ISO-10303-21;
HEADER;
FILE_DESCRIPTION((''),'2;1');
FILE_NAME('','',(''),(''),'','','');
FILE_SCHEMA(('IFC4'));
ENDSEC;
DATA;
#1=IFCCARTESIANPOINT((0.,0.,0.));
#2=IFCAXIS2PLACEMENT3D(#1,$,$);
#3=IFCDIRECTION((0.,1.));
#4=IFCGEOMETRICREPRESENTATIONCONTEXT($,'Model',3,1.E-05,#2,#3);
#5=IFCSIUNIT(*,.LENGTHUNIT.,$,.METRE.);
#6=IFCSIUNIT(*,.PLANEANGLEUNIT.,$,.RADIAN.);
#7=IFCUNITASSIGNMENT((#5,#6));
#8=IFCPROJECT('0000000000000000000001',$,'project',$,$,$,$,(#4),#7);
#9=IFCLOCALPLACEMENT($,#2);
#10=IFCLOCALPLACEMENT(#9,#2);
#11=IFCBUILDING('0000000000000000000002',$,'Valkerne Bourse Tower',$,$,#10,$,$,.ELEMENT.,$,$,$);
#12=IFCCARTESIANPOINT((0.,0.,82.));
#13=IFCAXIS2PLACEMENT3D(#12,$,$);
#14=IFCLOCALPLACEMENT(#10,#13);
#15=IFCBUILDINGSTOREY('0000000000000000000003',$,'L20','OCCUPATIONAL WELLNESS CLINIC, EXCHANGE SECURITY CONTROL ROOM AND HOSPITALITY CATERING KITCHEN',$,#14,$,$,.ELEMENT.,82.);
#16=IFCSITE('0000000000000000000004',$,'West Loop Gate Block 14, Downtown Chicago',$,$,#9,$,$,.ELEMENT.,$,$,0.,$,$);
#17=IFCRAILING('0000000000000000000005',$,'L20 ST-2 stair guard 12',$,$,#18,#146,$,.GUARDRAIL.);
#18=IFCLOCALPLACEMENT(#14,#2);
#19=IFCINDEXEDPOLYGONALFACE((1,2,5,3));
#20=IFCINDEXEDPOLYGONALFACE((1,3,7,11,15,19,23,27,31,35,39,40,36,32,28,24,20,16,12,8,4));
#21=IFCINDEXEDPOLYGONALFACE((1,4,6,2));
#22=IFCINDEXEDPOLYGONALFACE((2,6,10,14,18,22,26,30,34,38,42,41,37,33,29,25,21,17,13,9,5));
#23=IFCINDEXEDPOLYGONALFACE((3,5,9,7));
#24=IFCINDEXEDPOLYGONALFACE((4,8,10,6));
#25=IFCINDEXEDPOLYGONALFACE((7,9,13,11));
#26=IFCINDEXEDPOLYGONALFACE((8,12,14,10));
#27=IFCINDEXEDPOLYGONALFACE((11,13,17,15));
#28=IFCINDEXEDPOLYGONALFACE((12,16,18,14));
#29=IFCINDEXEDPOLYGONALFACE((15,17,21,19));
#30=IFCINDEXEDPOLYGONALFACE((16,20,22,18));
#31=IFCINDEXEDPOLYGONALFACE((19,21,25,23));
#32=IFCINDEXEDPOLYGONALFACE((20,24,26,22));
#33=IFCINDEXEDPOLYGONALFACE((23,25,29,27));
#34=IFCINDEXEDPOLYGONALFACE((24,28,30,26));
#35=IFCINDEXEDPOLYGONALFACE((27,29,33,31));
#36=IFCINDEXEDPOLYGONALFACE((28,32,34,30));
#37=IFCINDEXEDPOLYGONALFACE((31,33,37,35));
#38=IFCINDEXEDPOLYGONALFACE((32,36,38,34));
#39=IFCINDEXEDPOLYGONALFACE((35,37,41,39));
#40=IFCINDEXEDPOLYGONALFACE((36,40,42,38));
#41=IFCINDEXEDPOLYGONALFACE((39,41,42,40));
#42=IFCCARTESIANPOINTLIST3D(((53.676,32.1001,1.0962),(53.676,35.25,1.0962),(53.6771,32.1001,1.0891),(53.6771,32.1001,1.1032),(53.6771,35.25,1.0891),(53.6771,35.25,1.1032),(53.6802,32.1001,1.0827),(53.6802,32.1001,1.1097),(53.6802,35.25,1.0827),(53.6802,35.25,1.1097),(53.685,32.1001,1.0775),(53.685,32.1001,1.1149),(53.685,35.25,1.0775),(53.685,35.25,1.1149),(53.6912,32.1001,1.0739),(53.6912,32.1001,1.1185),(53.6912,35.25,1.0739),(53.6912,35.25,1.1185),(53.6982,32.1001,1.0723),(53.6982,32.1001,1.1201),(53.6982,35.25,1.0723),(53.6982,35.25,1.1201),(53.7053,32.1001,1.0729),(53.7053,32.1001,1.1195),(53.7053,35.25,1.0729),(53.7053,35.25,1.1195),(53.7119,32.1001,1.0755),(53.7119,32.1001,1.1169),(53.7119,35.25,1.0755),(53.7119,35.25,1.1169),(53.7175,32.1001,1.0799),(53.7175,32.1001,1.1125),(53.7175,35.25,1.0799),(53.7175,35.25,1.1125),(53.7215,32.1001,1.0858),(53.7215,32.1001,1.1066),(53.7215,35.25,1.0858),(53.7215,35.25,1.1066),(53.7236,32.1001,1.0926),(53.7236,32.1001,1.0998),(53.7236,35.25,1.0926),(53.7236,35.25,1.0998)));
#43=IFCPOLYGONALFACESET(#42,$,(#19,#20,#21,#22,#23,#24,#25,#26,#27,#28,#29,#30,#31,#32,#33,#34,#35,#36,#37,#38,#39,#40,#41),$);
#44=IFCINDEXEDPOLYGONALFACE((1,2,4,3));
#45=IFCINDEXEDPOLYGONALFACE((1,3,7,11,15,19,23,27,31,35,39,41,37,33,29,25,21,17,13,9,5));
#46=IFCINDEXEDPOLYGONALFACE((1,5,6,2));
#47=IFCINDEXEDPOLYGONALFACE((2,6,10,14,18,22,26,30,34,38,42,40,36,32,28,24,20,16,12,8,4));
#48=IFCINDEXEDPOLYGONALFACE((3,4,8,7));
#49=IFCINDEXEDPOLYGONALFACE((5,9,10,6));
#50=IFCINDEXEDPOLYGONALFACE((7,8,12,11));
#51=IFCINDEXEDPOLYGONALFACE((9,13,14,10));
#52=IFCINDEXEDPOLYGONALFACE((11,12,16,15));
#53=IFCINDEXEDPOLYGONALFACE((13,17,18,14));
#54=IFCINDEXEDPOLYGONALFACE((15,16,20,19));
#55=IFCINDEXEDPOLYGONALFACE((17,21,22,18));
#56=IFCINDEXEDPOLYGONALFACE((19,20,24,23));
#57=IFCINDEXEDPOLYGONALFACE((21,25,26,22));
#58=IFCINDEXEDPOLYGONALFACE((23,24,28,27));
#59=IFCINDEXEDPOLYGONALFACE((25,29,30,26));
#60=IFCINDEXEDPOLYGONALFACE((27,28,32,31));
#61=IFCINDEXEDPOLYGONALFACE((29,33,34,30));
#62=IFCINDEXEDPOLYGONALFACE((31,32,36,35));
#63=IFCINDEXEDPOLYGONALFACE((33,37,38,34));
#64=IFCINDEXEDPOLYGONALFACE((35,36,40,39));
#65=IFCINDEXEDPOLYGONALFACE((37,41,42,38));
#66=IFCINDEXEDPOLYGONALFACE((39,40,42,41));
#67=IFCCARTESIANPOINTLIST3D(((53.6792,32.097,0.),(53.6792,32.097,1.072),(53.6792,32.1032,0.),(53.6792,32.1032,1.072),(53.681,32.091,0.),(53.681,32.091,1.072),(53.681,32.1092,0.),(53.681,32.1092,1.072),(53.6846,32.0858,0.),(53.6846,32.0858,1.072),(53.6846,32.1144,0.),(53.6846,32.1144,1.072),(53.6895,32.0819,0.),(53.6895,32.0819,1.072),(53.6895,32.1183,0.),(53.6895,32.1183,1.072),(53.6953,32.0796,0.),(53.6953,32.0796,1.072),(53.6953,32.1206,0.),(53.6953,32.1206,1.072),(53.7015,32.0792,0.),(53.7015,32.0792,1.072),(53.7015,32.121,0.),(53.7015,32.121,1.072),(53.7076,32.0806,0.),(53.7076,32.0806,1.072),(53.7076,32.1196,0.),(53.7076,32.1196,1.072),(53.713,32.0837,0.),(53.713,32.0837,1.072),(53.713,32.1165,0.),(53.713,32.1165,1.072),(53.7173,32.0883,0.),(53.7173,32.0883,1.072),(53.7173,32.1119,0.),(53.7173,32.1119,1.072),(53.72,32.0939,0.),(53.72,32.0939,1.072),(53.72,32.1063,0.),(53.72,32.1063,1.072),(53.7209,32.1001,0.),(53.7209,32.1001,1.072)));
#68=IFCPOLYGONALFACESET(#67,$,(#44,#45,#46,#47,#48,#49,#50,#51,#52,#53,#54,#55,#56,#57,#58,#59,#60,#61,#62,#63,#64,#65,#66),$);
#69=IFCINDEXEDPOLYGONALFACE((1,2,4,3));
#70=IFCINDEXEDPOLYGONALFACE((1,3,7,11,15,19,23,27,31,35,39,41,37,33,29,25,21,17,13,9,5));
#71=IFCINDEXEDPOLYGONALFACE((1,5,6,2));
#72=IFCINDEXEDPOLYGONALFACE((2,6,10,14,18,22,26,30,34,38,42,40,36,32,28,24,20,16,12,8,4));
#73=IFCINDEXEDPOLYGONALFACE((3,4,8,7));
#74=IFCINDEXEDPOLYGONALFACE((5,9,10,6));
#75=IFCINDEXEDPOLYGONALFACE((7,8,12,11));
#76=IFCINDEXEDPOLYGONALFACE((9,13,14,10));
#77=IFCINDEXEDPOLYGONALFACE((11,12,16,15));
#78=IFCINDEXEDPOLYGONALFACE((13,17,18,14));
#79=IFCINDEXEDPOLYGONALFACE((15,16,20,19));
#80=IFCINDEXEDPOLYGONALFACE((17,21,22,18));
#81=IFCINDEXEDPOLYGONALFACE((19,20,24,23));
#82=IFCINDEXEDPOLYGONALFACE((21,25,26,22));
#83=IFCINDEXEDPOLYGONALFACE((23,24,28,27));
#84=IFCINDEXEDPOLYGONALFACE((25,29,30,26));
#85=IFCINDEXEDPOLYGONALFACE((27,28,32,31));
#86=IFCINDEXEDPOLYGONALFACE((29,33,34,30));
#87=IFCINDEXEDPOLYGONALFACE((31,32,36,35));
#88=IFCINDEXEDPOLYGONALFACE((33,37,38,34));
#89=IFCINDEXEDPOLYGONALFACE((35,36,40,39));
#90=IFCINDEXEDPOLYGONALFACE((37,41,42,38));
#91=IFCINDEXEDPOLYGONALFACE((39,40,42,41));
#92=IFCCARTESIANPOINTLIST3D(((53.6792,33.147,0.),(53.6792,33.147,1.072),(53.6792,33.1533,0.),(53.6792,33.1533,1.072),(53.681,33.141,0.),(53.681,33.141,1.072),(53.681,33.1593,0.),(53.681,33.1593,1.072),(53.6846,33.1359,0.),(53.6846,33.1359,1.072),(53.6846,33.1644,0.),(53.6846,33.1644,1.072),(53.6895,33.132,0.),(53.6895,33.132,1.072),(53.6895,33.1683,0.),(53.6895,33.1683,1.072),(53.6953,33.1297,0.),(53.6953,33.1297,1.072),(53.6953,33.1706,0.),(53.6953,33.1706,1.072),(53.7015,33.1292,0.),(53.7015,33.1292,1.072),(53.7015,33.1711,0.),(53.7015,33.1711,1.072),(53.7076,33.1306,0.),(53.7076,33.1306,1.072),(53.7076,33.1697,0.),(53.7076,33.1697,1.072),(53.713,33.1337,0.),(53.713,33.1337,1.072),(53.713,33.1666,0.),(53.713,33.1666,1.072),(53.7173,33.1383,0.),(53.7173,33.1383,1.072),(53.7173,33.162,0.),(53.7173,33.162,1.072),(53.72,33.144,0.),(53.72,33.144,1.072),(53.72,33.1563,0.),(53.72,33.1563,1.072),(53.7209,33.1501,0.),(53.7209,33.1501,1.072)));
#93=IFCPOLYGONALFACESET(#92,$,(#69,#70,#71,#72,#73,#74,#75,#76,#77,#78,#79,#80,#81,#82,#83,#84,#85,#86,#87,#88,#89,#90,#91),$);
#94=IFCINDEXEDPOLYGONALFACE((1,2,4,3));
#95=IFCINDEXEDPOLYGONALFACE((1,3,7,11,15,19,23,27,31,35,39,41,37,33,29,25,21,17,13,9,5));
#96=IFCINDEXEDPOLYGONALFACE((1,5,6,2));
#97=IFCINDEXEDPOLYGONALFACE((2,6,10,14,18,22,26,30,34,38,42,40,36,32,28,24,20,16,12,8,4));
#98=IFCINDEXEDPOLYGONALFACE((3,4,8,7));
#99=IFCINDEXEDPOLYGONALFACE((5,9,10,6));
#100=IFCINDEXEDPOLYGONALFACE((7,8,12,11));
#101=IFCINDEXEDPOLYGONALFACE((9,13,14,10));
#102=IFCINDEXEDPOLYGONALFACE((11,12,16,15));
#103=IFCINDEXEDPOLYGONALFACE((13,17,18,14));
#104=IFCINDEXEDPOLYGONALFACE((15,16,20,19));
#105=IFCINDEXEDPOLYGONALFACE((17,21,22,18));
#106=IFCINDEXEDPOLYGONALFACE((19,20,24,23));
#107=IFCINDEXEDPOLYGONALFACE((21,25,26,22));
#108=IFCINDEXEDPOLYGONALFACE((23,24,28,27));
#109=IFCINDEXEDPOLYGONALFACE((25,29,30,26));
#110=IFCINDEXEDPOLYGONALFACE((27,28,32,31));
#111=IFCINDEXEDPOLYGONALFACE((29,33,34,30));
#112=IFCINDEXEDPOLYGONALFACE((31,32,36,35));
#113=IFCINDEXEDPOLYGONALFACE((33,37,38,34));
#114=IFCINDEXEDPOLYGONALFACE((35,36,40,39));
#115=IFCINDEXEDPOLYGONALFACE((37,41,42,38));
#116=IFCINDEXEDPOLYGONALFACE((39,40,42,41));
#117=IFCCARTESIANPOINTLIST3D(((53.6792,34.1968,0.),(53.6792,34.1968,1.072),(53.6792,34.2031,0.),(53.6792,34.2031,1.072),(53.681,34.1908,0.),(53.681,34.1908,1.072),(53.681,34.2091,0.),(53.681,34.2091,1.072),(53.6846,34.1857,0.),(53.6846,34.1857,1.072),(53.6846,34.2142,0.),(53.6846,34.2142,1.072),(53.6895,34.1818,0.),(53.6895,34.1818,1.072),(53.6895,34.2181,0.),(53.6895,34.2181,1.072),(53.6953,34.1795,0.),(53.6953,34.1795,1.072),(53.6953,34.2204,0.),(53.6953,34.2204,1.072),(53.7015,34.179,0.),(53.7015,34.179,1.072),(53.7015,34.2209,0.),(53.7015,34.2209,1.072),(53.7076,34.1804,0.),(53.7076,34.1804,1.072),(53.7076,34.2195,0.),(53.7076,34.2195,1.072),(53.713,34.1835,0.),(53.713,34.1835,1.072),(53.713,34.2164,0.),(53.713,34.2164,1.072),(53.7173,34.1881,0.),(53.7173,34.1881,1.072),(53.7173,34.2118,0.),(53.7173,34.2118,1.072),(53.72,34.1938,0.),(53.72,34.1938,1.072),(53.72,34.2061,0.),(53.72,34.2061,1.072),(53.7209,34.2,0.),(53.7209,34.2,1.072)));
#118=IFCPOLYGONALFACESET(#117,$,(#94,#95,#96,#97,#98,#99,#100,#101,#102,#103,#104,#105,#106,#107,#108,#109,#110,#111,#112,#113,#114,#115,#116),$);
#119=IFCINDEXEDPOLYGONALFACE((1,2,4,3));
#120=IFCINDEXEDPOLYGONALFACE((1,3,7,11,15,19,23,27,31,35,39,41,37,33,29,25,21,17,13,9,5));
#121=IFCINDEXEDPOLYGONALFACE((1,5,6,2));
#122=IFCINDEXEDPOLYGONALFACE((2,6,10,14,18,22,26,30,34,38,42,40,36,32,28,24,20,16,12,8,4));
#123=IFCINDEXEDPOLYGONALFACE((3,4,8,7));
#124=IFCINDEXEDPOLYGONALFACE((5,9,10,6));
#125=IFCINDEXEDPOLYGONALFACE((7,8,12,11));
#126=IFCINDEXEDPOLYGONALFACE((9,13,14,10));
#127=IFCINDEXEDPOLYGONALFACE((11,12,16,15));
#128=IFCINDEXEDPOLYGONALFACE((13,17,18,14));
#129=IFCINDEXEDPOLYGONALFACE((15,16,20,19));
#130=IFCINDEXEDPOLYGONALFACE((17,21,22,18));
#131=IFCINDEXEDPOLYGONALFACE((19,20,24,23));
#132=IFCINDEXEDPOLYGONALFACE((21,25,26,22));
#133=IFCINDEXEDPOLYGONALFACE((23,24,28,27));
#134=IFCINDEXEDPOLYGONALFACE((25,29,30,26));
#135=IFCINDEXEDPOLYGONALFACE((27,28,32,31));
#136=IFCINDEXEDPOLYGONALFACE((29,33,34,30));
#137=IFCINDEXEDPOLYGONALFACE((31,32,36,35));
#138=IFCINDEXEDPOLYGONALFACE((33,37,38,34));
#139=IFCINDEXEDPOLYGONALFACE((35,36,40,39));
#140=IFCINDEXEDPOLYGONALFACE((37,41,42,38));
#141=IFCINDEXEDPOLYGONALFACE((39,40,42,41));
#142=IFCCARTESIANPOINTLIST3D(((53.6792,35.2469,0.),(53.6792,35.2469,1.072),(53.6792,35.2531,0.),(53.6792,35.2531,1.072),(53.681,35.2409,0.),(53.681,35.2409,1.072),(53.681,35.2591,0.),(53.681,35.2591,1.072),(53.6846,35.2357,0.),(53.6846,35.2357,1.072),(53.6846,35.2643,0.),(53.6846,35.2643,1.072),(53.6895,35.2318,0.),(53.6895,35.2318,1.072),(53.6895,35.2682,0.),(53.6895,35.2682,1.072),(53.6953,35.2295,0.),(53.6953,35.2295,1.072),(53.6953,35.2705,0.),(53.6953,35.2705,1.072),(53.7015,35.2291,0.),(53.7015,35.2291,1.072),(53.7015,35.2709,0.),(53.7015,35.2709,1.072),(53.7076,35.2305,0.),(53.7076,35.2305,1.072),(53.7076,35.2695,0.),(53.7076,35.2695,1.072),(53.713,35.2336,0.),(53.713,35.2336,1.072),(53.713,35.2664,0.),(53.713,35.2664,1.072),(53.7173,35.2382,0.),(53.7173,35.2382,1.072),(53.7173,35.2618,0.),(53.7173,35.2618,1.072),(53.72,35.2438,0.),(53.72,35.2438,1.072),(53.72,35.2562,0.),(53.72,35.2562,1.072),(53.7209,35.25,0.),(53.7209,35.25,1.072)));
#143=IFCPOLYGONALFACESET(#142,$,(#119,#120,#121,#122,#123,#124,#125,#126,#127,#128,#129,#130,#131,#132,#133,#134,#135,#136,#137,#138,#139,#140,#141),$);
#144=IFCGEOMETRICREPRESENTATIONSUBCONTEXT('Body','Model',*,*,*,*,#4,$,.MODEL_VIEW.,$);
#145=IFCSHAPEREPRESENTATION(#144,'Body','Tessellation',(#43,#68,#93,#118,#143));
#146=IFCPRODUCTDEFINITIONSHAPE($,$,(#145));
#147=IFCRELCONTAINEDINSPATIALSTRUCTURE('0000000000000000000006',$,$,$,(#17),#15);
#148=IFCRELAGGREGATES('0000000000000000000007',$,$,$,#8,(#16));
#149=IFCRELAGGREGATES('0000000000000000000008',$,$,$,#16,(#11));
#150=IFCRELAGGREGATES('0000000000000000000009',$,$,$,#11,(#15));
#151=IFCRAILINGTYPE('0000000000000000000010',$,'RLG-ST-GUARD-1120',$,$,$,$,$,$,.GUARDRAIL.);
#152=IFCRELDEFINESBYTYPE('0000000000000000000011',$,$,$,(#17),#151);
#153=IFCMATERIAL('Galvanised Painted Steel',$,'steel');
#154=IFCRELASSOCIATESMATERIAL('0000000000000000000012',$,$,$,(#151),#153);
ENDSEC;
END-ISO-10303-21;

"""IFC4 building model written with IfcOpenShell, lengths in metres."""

from ifc_helpers import new_model, si_unit, direction, frame, origin, origin_2d, place, context, subcontext, project, spatial, circle, extrude, material, type_object, element, save


model = new_model("IFC4")

# Units and contexts
model_context = context("Model", 3, precision=1e-05, world=origin(), true_north=direction((0.0, 1.0)))
body_context = subcontext(model_context, "Body", "Model", "MODEL_VIEW")
ifc_project = project(units=[si_unit("LENGTHUNIT", "METRE"), si_unit("PLANEANGLEUNIT", "RADIAN")], contexts=[model_context])

# Site, building, storey
site_placement = place(None, origin())
site = spatial("IfcSite", under=ifc_project, at=site_placement, Name="West Loop Gate Block 14, Downtown Chicago", CompositionType="ELEMENT", RefElevation=0.0)
building_placement = place(site_placement, origin())
building = spatial("IfcBuilding", under=site, at=building_placement, Name="Valkerne Bourse Tower", CompositionType="ELEMENT")
storey_placement = place(building_placement, frame((0.0, 0.0, 82.0)))
storey = spatial("IfcBuildingStorey", under=building, at=storey_placement, Name="L20", Description="OCCUPATIONAL WELLNESS CLINIC, EXCHANGE SECURITY CONTROL ROOM AND HOSPITALITY CATERING KITCHEN", CompositionType="ELEMENT", Elevation=82.0)

# Railing
ifc_material_1 = material(Name="Galvanised Painted Steel", Category="steel")
railing_type_1 = type_object("IfcRailingType", Name="RLG-ST-GUARD-1120", PredefinedType="GUARDRAIL", material=ifc_material_1)
railing_1_placement = place(storey_placement, frame((53.7, 32.1001, 0.0)))
element("IfcRailing", 1, at=railing_1_placement, inside=storey, type_object=railing_type_1, Name="L20 ST-2 stair guard 12", PredefinedType="GUARDRAIL", context=body_context, shape_type="SweptSolid", body=[
    extrude(circle(Radius=0.0239, at=origin_2d()), frame((0.0, 0.0, 1.0962), z_axis=(0.0, 1.0, 0.0), x_axis=(-1.0, 0.0, 0.0)), (0.0, 0.0, 1.0), 3.1499),
    extrude(circle(Radius=0.021, at=origin_2d()), origin(), (0.0, 0.0, 1.0), 1.072),
    extrude(circle(Radius=0.021, at=origin_2d()), frame((0.0, 1.05, 0.0)), (0.0, 0.0, 1.0), 1.072),
    extrude(circle(Radius=0.021, at=origin_2d()), frame((0.0, 2.0999, 0.0)), (0.0, 0.0, 1.0), 1.072),
    extrude(circle(Radius=0.021, at=origin_2d()), frame((0.0, 3.1499, 0.0)), (0.0, 0.0, 1.0), 1.072),
])

save(model, "model.ifc")
